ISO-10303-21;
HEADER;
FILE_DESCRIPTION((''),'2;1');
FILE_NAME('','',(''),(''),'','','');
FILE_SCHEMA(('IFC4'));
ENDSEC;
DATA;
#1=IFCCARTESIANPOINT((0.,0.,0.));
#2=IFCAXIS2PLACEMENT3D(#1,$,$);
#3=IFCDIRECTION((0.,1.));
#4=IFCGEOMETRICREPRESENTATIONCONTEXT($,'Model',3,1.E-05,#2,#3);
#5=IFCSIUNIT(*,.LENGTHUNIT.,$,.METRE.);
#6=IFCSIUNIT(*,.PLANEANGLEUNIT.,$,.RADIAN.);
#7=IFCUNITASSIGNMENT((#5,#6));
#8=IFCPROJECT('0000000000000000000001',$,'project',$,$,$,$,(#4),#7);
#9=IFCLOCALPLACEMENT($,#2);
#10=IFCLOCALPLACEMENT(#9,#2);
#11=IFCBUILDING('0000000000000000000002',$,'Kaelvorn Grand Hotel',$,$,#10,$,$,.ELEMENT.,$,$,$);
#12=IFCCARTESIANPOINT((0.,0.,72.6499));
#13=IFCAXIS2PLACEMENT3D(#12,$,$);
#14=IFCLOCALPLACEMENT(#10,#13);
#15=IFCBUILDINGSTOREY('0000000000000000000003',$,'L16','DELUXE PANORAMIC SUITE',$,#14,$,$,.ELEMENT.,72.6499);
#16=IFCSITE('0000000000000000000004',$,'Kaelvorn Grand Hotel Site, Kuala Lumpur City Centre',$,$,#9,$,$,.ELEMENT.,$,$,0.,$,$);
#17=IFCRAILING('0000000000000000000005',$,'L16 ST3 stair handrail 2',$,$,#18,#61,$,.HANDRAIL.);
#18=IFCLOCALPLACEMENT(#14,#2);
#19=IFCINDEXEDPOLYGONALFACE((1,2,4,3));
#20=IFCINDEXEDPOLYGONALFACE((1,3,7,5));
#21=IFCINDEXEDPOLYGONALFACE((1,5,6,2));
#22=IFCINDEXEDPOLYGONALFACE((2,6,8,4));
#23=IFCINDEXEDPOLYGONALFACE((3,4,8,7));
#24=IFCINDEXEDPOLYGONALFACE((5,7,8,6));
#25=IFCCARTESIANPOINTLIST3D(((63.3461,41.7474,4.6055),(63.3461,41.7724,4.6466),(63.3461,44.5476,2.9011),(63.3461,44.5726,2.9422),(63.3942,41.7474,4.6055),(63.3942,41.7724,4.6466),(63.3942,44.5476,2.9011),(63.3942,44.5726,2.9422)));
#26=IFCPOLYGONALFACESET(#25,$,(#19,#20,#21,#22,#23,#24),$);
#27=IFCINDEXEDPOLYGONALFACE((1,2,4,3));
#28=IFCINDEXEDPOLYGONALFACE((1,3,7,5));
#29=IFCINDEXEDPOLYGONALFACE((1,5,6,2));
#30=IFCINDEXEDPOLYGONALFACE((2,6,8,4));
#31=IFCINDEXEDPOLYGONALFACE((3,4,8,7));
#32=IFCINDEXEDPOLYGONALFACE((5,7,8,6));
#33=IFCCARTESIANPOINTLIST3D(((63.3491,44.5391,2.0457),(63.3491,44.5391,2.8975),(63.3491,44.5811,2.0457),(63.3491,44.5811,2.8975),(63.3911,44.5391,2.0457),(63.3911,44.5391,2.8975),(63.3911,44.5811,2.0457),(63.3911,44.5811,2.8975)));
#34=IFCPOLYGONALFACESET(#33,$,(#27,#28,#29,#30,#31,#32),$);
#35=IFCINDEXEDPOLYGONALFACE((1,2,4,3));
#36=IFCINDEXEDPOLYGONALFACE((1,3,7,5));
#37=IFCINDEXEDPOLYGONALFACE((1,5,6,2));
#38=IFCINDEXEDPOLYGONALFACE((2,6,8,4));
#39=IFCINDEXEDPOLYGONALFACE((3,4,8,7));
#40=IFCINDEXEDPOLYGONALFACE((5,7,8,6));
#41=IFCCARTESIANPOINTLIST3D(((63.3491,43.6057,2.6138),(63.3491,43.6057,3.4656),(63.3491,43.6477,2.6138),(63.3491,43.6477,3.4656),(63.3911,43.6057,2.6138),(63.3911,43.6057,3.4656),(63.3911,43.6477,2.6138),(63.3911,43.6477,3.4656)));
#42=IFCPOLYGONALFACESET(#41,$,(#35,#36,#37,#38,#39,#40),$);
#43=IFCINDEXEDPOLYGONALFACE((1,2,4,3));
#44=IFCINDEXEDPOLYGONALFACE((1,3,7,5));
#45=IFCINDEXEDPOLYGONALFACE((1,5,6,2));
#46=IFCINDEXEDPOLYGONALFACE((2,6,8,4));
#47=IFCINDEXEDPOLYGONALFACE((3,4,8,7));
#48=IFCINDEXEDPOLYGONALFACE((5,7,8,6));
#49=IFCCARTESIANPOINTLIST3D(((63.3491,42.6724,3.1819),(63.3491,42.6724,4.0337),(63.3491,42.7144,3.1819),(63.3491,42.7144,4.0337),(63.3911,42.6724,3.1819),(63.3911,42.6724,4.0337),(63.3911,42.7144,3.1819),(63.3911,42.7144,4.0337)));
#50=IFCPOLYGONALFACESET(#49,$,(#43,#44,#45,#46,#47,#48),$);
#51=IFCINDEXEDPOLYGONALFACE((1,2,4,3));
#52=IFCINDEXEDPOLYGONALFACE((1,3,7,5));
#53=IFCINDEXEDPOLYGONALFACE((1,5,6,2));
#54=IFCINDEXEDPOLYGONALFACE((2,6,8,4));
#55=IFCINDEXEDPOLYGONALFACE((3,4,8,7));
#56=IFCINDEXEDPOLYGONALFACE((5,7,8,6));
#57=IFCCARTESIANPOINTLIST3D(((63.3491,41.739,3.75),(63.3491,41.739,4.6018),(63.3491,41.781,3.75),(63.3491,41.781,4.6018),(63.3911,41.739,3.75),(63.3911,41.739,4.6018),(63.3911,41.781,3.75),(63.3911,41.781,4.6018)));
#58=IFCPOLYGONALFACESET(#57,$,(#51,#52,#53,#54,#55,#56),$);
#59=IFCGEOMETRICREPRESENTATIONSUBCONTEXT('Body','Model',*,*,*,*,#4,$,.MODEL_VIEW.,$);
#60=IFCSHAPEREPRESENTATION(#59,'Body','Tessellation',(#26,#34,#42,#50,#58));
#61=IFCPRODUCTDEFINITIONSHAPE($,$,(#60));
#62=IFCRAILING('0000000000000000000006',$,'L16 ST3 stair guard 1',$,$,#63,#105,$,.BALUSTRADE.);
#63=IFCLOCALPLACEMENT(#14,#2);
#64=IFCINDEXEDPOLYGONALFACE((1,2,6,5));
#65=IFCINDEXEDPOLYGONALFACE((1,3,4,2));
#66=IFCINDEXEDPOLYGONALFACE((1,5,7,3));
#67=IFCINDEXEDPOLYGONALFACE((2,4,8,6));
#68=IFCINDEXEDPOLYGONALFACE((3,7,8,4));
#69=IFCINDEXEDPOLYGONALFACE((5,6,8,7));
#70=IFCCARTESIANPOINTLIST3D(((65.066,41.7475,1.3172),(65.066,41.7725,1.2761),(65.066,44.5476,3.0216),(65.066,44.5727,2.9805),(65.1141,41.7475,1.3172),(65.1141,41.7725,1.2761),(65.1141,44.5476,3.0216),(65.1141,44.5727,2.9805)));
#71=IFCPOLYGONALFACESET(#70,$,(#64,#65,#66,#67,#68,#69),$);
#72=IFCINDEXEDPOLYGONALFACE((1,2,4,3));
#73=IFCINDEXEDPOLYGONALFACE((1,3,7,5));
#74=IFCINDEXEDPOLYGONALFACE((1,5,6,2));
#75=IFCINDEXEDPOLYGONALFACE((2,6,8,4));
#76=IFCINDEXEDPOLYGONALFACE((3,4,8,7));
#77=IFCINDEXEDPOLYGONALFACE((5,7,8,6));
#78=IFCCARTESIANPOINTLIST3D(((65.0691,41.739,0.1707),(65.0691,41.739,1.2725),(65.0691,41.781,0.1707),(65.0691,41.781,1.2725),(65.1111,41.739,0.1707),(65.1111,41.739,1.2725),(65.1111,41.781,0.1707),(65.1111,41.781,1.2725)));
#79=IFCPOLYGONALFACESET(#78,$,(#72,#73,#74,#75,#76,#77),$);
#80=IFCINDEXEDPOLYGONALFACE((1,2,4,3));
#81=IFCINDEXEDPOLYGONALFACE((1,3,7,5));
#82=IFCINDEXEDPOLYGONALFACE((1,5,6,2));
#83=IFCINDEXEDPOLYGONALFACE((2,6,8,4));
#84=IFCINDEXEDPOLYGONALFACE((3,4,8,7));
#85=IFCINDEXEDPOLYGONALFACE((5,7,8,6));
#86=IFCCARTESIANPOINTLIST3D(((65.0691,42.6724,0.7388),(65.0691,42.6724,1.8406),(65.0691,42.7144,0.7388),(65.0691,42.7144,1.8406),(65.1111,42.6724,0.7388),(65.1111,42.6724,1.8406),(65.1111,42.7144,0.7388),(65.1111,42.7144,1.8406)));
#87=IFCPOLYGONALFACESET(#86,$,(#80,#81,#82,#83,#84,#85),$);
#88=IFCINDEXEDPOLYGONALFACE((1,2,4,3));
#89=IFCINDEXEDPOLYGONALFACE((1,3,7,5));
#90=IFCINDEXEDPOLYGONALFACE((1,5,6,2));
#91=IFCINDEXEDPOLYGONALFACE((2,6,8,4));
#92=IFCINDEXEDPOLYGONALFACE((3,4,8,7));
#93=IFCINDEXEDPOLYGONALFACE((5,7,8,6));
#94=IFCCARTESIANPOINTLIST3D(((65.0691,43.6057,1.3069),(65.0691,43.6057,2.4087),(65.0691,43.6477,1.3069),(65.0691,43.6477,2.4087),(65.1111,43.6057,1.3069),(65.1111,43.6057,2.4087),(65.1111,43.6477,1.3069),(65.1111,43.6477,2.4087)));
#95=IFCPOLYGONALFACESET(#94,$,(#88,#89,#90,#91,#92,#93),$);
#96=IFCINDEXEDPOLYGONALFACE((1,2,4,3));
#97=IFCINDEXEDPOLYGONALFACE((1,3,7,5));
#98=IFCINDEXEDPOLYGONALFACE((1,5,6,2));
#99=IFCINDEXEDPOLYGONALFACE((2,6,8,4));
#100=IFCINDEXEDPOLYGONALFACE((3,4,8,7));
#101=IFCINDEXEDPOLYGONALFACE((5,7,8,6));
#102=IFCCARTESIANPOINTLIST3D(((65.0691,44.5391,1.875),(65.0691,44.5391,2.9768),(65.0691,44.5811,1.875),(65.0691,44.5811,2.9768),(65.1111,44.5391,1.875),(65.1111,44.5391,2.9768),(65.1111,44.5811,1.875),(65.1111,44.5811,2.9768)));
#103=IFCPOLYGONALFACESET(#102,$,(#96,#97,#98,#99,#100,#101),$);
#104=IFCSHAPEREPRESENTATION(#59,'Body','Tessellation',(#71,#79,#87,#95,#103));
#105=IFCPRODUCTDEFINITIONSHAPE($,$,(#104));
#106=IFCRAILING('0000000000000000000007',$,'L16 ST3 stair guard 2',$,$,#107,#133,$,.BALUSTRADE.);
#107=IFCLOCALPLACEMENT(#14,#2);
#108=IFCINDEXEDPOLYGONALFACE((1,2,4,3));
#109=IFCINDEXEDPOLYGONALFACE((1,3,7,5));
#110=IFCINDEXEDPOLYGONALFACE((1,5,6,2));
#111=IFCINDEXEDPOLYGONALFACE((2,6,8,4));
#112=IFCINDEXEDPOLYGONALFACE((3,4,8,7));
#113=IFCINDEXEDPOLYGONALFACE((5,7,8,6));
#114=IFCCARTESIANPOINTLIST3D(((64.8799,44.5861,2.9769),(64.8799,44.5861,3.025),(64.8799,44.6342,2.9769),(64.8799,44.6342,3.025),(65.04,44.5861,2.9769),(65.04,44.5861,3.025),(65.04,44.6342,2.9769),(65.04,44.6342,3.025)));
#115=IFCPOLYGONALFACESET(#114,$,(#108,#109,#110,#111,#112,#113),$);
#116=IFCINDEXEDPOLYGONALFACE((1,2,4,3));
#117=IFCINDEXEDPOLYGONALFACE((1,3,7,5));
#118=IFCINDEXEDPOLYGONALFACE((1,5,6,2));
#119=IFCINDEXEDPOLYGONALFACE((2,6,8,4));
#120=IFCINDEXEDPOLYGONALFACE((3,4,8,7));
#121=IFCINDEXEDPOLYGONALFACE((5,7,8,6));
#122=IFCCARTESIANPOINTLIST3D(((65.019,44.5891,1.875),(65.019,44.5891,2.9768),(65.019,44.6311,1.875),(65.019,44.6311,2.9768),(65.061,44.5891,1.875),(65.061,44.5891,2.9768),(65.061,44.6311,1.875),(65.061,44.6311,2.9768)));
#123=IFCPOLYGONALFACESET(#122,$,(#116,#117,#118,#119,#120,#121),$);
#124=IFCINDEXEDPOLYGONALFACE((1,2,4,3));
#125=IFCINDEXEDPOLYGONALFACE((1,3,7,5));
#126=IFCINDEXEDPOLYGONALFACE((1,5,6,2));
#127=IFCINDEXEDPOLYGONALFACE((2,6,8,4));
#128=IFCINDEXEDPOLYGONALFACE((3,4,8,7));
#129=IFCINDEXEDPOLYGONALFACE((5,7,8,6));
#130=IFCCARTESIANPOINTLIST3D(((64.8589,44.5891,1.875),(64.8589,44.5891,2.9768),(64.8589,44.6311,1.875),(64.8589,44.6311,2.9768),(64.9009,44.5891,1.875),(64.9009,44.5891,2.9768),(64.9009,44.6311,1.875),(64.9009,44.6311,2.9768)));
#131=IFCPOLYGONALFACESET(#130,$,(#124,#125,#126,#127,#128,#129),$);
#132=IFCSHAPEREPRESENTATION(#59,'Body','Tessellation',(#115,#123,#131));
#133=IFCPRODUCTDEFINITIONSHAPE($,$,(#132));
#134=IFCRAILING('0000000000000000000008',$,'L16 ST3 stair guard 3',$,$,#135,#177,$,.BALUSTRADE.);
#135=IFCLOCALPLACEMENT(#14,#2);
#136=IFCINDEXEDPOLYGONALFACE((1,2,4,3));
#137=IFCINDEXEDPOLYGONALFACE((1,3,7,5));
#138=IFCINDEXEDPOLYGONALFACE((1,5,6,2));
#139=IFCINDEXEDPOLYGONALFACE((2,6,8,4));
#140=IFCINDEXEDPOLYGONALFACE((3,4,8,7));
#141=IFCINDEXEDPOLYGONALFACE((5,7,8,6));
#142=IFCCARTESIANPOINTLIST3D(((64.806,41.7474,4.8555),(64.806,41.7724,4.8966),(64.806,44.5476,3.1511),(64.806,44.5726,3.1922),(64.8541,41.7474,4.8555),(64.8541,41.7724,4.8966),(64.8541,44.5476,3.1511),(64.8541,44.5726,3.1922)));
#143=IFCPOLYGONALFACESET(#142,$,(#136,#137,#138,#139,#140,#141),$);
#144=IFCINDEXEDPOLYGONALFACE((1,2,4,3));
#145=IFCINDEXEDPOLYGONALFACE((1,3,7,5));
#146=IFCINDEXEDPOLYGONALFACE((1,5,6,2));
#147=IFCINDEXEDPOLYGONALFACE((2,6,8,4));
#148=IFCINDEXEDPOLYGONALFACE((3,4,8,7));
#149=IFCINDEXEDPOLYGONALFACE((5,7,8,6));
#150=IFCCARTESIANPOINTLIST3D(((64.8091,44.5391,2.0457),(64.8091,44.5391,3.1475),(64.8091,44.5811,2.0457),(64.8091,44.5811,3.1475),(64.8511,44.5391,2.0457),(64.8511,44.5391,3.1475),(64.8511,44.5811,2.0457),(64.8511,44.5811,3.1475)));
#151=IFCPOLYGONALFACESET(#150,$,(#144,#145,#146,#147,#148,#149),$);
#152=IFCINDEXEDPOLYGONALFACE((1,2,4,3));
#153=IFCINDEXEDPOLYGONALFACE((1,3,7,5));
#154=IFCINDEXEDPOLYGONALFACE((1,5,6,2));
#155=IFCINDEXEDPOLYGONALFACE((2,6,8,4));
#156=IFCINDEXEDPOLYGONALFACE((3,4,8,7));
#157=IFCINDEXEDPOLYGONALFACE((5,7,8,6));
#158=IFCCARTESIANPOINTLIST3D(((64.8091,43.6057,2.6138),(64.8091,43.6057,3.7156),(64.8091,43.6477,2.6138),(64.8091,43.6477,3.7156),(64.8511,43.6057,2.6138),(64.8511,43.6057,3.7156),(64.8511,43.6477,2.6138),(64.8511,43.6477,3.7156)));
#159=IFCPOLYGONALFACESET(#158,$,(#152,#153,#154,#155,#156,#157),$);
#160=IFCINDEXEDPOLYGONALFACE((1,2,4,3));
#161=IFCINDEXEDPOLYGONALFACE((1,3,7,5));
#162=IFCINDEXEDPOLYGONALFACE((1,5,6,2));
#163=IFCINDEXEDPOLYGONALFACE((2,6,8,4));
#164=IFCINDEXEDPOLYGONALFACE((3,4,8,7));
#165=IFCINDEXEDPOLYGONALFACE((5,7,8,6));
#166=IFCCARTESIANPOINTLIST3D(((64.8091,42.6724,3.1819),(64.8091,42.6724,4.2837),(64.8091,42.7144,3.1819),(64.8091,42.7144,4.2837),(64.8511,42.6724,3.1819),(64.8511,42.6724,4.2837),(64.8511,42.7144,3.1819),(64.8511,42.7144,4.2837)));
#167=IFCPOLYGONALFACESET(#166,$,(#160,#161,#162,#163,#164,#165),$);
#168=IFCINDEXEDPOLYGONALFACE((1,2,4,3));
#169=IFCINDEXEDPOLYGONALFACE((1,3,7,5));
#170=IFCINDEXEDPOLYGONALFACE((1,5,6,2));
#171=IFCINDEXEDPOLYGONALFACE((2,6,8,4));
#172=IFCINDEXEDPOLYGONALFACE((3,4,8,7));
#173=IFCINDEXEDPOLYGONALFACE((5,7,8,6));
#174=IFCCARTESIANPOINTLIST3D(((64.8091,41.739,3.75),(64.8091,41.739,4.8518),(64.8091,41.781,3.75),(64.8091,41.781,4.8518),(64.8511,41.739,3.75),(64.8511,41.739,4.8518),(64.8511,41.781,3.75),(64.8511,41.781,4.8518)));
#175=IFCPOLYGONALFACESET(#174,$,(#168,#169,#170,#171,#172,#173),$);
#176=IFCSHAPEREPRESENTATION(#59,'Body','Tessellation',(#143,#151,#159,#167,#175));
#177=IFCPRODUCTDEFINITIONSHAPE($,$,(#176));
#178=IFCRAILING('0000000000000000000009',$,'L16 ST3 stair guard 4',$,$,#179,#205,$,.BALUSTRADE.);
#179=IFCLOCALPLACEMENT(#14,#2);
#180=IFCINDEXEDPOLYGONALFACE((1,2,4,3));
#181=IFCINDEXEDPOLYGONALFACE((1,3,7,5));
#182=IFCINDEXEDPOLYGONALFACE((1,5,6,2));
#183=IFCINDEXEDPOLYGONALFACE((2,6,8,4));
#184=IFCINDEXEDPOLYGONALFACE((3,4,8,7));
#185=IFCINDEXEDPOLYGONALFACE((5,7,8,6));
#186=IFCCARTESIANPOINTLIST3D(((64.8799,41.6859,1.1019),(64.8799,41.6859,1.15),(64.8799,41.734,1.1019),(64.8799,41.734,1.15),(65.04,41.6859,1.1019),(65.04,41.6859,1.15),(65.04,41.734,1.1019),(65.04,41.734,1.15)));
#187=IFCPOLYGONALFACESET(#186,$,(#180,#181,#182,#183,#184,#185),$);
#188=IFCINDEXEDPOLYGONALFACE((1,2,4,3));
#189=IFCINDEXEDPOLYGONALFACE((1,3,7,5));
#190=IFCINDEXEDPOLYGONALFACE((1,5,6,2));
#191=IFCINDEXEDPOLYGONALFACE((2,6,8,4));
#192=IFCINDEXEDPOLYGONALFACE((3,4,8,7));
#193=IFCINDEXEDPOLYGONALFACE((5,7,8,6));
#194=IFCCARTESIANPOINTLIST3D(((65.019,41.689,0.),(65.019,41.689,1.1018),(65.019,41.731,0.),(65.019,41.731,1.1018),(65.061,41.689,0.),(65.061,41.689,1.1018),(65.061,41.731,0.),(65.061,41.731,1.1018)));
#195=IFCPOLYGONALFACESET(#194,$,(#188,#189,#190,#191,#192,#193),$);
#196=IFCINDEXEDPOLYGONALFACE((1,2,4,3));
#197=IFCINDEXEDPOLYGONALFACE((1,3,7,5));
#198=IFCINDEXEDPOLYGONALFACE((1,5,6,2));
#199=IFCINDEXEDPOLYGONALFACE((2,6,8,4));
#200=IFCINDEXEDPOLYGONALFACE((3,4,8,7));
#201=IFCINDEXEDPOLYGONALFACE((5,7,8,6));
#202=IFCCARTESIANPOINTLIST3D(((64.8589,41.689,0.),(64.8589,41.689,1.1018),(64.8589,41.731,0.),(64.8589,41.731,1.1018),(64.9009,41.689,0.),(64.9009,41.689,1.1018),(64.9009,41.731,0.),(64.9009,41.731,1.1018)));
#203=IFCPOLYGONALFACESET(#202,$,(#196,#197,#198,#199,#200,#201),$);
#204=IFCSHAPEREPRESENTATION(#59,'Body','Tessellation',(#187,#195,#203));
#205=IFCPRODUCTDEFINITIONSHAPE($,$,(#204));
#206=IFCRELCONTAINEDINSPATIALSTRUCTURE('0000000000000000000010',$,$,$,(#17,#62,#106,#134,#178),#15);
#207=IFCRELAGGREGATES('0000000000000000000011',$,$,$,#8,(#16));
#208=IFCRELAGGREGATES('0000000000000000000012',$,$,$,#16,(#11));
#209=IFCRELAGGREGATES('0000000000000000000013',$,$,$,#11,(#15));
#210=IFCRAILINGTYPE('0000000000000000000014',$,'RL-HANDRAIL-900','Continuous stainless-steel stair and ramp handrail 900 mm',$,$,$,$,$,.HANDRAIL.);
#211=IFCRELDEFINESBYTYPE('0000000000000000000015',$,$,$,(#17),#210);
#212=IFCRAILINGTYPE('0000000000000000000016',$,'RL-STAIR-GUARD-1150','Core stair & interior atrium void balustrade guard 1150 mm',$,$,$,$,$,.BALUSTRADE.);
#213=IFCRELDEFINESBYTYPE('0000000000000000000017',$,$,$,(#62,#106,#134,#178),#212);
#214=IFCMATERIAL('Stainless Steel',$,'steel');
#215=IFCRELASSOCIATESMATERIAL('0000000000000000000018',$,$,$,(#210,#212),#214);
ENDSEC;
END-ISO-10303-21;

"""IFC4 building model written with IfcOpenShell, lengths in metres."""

from ifc_helpers import new_model, si_unit, direction, frame, origin, origin_2d, place, context, subcontext, project, spatial, rectangle, extrude, material, type_object, element, save


model = new_model("IFC4")

# Units and contexts
model_context = context("Model", 3, precision=1e-05, world=origin(), true_north=direction((0.0, 1.0)))
body_context = subcontext(model_context, "Body", "Model", "MODEL_VIEW")
ifc_project = project(units=[si_unit("LENGTHUNIT", "METRE"), si_unit("PLANEANGLEUNIT", "RADIAN")], contexts=[model_context])

# Site, building, storey
site_placement = place(None, origin())
site = spatial("IfcSite", under=ifc_project, at=site_placement, Name="Kaelvorn Grand Hotel Site, Kuala Lumpur City Centre", CompositionType="ELEMENT", RefElevation=0.0)
building_placement = place(site_placement, origin())
building = spatial("IfcBuilding", under=site, at=building_placement, Name="Kaelvorn Grand Hotel", CompositionType="ELEMENT")
storey_placement = place(building_placement, frame((0.0, 0.0, 72.6499)))
storey = spatial("IfcBuildingStorey", under=building, at=storey_placement, Name="L16", Description="DELUXE PANORAMIC SUITE", CompositionType="ELEMENT", Elevation=72.6499)

# Shared definitions
ifc_material_1 = material(Name="Stainless Steel", Category="steel")

# Railings
railing_type_1 = type_object("IfcRailingType", Name="RL-HANDRAIL-900", Description="Continuous stainless-steel stair and ramp handrail 900 mm", PredefinedType="HANDRAIL", material=ifc_material_1)
railing_1_placement = place(storey_placement, frame((63.3701, 44.5601, 2.0457)))
element("IfcRailing", 1, at=railing_1_placement, inside=storey, type_object=railing_type_1, Name="L16 ST3 stair handrail 2", PredefinedType="HANDRAIL", context=body_context, shape_type="SweptSolid", body=[
    extrude(rectangle(XDim=0.0481, YDim=0.0481, at=origin_2d()), frame((0.0, 0.0, 0.876), z_axis=(0.0, -0.854203, 0.51994), x_axis=(1.0, 0.0, 0.0)), (0.0, 0.0, 1.0), 3.2781),
    extrude(rectangle(XDim=0.042, YDim=0.042, at=origin_2d()), origin(), (0.0, 0.0, 1.0), 0.8518),
    extrude(rectangle(XDim=0.042, YDim=0.042, at=origin_2d()), frame((0.0, -0.9333, 0.5681)), (0.0, 0.0, 1.0), 0.8518),
    extrude(rectangle(XDim=0.042, YDim=0.042, at=origin_2d()), frame((0.0, -1.8667, 1.1362)), (0.0, 0.0, 1.0), 0.8518),
    extrude(rectangle(XDim=0.042, YDim=0.042, at=origin_2d()), frame((0.0, -2.8, 1.7043)), (0.0, 0.0, 1.0), 0.8518),
])
railing_type_2 = type_object("IfcRailingType", Name="RL-STAIR-GUARD-1150", Description="Core stair & interior atrium void balustrade guard 1150 mm", PredefinedType="BALUSTRADE", material=ifc_material_1)
railing_2_placement = place(storey_placement, frame((65.0901, 41.76, 0.1707)))
element("IfcRailing", 2, at=railing_2_placement, inside=storey, type_object=railing_type_2, Name="L16 ST3 stair guard 1", PredefinedType="BALUSTRADE", context=body_context, shape_type="SweptSolid", body=[
    extrude(rectangle(XDim=0.0481, YDim=0.0481, at=origin_2d()), frame((0.0, 0.0, 1.126), z_axis=(0.0, 0.854203, 0.51994), x_axis=(-1.0, 0.0, 0.0)), (0.0, 0.0, 1.0), 3.2781),
    extrude(rectangle(XDim=0.042, YDim=0.042, at=origin_2d()), origin(), (0.0, 0.0, 1.0), 1.1018),
    extrude(rectangle(XDim=0.042, YDim=0.042, at=origin_2d()), frame((0.0, 0.9333, 0.5681)), (0.0, 0.0, 1.0), 1.1018),
    extrude(rectangle(XDim=0.042, YDim=0.042, at=origin_2d()), frame((0.0, 1.8667, 1.1362)), (0.0, 0.0, 1.0), 1.1018),
    extrude(rectangle(XDim=0.042, YDim=0.042, at=origin_2d()), frame((0.0, 2.8, 1.7043)), (0.0, 0.0, 1.0), 1.1018),
])
railing_3_placement = place(storey_placement, frame((65.04, 44.6101, 1.875)))
element("IfcRailing", 3, at=railing_3_placement, inside=storey, type_object=railing_type_2, Name="L16 ST3 stair guard 2", PredefinedType="BALUSTRADE", context=body_context, shape_type="SweptSolid", body=[
    extrude(rectangle(XDim=0.0481, YDim=0.0481, at=origin_2d()), frame((0.0, 0.0, 1.126), z_axis=(-1.0, 0.0, 0.0), x_axis=(0.0, -1.0, 0.0)), (0.0, 0.0, 1.0), 0.1602),
    extrude(rectangle(XDim=0.042, YDim=0.042, at=origin_2d()), origin(), (0.0, 0.0, 1.0), 1.1018),
    extrude(rectangle(XDim=0.042, YDim=0.042, at=origin_2d()), frame((-0.1602, 0.0, 0.0)), (0.0, 0.0, 1.0), 1.1018),
])
railing_4_placement = place(storey_placement, frame((64.8301, 44.5601, 2.0457)))
element("IfcRailing", 4, at=railing_4_placement, inside=storey, type_object=railing_type_2, Name="L16 ST3 stair guard 3", PredefinedType="BALUSTRADE", context=body_context, shape_type="SweptSolid", body=[
    extrude(rectangle(XDim=0.0481, YDim=0.0481, at=origin_2d()), frame((0.0, 0.0, 1.126), z_axis=(0.0, -0.854203, 0.51994), x_axis=(1.0, 0.0, 0.0)), (0.0, 0.0, 1.0), 3.2781),
    extrude(rectangle(XDim=0.042, YDim=0.042, at=origin_2d()), origin(), (0.0, 0.0, 1.0), 1.1018),
    extrude(rectangle(XDim=0.042, YDim=0.042, at=origin_2d()), frame((0.0, -0.9333, 0.5681)), (0.0, 0.0, 1.0), 1.1018),
    extrude(rectangle(XDim=0.042, YDim=0.042, at=origin_2d()), frame((0.0, -1.8667, 1.1362)), (0.0, 0.0, 1.0), 1.1018),
    extrude(rectangle(XDim=0.042, YDim=0.042, at=origin_2d()), frame((0.0, -2.8, 1.7043)), (0.0, 0.0, 1.0), 1.1018),
])
railing_5_placement = place(storey_placement, frame((65.04, 41.71, 0.0)))
element("IfcRailing", 5, at=railing_5_placement, inside=storey, type_object=railing_type_2, Name="L16 ST3 stair guard 4", PredefinedType="BALUSTRADE", context=body_context, shape_type="SweptSolid", body=[
    extrude(rectangle(XDim=0.0481, YDim=0.0481, at=origin_2d()), frame((0.0, 0.0, 1.126), z_axis=(-1.0, 0.0, 0.0), x_axis=(0.0, -1.0, 0.0)), (0.0, 0.0, 1.0), 0.1602),
    extrude(rectangle(XDim=0.042, YDim=0.042, at=origin_2d()), origin(), (0.0, 0.0, 1.0), 1.1018),
    extrude(rectangle(XDim=0.042, YDim=0.042, at=origin_2d()), frame((-0.1602, 0.0, 0.0)), (0.0, 0.0, 1.0), 1.1018),
])

save(model, "model.ifc")
